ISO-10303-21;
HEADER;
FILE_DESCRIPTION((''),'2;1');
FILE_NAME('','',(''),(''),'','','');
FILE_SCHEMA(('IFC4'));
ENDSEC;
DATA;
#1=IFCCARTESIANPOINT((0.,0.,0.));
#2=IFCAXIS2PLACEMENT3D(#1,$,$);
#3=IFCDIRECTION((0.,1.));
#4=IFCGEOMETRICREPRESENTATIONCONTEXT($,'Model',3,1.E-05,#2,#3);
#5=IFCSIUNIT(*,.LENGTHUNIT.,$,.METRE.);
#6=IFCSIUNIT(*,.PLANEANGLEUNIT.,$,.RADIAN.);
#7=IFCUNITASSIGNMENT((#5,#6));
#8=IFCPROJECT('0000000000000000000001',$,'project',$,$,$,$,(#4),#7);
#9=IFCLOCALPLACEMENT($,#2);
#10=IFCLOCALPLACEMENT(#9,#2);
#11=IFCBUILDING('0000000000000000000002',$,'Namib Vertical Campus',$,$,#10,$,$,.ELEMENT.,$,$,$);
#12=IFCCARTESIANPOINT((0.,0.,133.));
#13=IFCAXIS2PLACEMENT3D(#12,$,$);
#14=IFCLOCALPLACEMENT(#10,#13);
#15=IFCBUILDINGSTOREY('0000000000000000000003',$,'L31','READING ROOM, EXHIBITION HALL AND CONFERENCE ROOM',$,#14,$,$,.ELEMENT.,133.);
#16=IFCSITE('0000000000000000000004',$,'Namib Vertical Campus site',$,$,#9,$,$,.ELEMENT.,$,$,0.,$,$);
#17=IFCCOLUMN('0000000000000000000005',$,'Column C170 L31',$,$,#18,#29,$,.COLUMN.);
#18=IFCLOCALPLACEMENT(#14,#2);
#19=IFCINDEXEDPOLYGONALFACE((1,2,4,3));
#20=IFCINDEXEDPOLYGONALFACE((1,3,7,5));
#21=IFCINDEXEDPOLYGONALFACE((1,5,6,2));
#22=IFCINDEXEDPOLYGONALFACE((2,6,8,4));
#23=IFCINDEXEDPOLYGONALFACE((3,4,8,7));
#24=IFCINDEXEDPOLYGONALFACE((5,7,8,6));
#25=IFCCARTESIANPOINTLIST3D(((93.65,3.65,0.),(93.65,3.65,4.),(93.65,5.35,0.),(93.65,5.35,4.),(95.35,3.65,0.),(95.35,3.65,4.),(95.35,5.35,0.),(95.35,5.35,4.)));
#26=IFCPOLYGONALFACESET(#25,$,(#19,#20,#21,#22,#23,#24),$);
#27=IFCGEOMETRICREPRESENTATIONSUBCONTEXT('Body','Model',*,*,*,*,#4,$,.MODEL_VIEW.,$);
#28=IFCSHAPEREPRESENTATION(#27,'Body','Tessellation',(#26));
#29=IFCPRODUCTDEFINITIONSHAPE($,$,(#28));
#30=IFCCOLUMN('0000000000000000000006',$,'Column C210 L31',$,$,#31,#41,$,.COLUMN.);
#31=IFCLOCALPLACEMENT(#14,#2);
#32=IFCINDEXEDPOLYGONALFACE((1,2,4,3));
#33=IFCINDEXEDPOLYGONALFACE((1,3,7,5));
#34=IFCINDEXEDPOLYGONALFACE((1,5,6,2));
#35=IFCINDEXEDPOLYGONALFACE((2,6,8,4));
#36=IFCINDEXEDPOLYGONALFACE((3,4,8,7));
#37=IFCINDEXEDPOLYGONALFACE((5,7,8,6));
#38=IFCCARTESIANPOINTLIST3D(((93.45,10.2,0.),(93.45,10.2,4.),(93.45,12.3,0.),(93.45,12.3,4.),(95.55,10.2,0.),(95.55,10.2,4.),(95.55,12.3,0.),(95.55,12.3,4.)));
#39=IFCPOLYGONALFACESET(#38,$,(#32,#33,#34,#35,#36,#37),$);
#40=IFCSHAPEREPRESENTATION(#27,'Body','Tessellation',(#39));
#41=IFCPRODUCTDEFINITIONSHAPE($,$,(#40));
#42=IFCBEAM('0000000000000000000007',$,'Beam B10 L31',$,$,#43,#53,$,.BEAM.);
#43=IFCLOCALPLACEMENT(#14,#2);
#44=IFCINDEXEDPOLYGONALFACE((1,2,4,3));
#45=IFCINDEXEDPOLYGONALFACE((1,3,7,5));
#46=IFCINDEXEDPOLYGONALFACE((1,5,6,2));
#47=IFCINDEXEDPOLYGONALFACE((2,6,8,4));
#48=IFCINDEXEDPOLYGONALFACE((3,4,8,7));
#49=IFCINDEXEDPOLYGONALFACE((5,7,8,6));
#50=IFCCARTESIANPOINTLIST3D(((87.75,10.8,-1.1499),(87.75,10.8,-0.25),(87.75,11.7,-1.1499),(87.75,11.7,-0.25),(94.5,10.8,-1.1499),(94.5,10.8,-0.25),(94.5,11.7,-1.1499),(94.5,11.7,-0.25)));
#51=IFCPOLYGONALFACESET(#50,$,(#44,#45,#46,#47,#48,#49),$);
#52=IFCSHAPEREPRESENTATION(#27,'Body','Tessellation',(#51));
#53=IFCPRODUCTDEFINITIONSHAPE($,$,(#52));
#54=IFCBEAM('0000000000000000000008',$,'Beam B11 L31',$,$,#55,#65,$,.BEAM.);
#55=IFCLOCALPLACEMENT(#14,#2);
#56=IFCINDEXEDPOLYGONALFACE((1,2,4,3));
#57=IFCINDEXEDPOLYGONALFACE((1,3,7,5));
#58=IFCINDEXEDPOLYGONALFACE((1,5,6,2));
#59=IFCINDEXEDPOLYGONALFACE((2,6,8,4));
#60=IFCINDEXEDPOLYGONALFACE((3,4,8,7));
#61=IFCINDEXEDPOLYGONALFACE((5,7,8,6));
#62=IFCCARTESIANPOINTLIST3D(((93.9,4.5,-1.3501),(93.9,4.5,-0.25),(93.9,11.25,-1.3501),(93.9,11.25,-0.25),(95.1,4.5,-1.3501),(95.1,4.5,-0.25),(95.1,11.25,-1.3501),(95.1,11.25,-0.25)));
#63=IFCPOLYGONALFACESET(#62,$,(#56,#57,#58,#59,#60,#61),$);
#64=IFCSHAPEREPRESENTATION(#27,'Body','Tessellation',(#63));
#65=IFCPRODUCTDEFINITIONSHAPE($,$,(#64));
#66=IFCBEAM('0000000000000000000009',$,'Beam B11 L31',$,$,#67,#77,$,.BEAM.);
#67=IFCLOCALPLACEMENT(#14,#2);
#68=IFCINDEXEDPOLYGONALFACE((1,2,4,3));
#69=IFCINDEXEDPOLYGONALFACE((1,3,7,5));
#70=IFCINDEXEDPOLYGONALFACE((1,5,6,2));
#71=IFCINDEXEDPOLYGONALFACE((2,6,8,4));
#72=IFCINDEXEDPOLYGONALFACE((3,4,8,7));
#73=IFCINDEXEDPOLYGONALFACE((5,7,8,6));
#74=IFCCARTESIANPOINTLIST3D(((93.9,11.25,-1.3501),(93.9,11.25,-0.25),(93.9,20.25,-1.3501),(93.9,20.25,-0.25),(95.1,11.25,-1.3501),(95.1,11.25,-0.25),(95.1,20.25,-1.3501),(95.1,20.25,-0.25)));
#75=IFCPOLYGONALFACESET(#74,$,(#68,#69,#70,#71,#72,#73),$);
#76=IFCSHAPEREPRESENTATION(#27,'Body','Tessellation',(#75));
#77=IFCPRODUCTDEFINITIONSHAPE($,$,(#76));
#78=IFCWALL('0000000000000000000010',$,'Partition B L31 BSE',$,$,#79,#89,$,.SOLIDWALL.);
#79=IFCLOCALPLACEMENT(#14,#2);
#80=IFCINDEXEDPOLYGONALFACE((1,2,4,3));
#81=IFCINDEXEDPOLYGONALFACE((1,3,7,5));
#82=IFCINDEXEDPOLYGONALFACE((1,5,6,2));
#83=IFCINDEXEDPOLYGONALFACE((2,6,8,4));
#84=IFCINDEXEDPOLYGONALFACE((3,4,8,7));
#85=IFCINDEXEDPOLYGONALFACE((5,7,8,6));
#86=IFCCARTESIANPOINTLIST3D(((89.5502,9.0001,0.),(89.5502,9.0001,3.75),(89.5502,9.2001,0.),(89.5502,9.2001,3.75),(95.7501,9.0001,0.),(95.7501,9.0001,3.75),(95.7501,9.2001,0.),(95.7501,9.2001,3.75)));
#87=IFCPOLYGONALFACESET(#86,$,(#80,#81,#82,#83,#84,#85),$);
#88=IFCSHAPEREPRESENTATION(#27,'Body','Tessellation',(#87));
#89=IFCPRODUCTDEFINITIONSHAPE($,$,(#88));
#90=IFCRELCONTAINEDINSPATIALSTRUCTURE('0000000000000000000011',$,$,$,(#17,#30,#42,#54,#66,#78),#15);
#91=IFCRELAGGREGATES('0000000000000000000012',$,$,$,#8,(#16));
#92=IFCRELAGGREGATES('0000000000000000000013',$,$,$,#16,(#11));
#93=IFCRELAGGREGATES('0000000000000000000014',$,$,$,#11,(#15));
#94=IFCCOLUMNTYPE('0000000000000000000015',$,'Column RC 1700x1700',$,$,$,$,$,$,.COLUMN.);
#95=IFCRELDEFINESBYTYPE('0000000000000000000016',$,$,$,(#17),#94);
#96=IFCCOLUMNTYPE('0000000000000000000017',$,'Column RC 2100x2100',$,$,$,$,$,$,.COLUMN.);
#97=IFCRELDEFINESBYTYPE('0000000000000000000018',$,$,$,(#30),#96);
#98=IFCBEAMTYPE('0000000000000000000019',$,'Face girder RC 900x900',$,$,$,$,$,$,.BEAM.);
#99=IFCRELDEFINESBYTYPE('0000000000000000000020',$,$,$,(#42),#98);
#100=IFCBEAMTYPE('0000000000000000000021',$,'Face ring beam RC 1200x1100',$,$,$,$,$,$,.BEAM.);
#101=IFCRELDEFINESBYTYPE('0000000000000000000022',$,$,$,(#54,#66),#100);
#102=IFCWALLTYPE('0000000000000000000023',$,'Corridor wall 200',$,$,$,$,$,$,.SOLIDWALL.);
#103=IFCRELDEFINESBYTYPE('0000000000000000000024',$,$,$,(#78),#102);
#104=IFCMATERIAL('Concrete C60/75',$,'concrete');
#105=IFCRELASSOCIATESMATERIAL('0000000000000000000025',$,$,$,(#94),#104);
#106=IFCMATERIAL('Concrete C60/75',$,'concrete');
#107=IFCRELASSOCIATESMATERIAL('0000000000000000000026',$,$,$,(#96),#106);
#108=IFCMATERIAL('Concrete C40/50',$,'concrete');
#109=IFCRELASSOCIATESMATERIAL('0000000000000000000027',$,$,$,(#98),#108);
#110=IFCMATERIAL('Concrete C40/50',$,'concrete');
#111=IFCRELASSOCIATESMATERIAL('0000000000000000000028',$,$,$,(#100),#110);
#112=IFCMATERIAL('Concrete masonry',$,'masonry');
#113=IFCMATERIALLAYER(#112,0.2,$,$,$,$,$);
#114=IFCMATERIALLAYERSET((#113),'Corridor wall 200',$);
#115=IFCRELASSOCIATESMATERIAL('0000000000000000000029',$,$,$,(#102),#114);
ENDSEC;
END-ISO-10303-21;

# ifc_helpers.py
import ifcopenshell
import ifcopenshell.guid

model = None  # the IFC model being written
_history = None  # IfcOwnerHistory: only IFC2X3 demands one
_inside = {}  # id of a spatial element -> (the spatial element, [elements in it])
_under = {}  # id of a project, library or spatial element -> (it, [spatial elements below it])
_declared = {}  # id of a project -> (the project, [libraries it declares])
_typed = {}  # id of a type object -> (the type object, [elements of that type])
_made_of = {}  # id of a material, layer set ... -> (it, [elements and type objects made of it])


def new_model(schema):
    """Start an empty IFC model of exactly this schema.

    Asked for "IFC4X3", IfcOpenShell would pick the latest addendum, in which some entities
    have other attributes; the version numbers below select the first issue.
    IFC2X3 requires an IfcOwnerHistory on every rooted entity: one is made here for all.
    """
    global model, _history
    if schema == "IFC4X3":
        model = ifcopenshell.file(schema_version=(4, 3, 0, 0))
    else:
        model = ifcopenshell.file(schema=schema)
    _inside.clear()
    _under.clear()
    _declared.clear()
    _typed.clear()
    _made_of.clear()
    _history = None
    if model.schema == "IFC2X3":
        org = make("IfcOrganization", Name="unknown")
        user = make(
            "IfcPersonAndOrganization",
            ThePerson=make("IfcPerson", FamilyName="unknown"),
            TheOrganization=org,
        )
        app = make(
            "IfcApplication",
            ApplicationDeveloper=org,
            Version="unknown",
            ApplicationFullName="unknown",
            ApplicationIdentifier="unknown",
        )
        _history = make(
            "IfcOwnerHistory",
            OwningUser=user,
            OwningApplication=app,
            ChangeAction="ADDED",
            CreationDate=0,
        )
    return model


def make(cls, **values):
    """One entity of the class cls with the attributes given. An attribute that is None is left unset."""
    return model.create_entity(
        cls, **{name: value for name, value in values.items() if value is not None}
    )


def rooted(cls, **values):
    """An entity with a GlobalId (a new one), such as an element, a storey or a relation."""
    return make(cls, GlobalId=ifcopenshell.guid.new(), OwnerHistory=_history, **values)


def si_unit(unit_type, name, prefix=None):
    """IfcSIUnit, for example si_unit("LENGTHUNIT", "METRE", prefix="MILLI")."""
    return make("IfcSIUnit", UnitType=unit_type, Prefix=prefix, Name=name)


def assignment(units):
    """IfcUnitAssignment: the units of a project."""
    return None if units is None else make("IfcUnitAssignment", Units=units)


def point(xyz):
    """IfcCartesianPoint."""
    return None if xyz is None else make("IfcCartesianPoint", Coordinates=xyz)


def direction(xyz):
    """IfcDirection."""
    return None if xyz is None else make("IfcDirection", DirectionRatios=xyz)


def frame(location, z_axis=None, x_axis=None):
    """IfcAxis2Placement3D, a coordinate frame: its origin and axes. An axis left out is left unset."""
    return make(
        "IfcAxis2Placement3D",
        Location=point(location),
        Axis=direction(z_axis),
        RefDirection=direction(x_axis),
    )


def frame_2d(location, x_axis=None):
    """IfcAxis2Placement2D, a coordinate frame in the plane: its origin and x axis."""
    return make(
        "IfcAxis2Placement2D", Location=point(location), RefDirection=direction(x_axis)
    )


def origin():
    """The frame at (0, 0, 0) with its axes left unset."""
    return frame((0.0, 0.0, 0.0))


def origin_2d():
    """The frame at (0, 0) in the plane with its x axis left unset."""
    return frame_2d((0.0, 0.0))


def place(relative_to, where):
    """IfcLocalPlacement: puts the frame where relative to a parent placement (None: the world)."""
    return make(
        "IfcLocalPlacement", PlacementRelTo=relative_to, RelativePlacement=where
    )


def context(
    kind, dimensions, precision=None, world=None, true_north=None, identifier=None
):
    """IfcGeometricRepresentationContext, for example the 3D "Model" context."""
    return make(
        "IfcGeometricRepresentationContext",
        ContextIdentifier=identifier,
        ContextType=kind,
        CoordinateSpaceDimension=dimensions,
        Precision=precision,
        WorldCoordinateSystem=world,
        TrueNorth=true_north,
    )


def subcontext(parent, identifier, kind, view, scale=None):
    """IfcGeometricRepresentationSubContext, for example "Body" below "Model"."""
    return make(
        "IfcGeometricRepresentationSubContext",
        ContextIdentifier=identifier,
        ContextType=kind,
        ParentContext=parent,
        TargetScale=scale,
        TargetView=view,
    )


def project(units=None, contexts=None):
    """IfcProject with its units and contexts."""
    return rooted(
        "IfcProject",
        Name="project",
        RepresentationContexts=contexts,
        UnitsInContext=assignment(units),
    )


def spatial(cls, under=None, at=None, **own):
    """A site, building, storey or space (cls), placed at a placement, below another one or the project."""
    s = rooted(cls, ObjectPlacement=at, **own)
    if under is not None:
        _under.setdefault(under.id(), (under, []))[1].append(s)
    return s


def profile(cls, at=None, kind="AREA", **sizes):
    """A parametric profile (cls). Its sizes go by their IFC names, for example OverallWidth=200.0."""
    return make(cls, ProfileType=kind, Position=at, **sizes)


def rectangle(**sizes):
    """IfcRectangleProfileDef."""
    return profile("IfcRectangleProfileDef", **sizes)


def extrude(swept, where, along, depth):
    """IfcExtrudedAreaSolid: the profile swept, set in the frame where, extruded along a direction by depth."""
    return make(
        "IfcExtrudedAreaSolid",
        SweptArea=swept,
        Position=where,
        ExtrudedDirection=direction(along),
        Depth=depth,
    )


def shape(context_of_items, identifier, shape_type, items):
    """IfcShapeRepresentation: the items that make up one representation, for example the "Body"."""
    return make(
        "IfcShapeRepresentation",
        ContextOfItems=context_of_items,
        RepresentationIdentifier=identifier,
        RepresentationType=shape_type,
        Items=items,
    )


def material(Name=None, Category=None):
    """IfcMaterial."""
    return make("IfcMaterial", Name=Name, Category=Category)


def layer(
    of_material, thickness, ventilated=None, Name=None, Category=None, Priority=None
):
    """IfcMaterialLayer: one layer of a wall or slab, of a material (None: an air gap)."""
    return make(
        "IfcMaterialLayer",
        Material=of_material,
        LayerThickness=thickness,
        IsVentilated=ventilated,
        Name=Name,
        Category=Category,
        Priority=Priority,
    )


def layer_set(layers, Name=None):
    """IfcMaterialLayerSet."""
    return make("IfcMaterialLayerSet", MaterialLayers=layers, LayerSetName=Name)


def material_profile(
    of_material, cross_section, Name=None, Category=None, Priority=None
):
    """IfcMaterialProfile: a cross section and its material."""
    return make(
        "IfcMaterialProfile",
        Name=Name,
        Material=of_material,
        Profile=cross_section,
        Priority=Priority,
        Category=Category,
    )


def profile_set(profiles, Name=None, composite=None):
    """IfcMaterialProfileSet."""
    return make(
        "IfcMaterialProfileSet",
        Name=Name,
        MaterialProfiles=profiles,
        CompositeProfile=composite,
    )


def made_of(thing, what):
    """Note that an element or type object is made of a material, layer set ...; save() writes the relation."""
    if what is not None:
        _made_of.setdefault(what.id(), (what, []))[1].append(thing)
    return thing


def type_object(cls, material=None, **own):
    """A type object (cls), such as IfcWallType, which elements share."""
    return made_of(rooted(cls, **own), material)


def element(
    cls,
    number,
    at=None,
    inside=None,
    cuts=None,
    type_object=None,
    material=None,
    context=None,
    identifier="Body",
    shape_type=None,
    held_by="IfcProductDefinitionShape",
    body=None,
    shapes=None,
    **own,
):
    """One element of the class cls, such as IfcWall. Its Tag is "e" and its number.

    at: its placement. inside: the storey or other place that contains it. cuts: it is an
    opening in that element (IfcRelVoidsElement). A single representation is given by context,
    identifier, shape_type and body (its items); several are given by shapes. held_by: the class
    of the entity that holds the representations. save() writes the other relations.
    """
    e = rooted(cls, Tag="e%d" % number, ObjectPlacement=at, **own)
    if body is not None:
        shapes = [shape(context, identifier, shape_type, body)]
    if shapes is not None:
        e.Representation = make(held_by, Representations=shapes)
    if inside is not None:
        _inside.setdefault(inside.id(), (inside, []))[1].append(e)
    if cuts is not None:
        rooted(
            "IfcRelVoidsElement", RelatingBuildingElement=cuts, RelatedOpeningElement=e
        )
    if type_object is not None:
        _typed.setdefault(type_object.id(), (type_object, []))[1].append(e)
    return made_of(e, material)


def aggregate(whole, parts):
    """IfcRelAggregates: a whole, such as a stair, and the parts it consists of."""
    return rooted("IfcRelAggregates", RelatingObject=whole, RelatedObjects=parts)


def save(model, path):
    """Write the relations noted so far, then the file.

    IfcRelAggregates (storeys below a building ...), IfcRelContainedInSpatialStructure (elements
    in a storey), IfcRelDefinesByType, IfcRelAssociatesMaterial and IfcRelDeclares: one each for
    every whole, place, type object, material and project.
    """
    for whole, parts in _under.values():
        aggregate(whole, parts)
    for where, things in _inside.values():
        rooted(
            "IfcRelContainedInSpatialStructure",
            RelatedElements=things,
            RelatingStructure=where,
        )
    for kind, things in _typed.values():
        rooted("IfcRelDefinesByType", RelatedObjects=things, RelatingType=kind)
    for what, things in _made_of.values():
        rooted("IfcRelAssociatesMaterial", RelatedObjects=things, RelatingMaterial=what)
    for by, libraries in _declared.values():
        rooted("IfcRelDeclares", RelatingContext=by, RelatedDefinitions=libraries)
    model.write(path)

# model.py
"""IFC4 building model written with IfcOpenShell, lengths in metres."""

from ifc_helpers import new_model, si_unit, direction, frame, frame_2d, origin, origin_2d, place, context, subcontext, project, spatial, rectangle, extrude, material, layer, layer_set, material_profile, profile_set, type_object, element, save


model = new_model("IFC4")

# Units and contexts
model_context = context("Model", 3, precision=1e-05, world=origin(), true_north=direction((0.0, 1.0)))
body_context = subcontext(model_context, "Body", "Model", "MODEL_VIEW")
ifc_project = project(units=[si_unit("LENGTHUNIT", "METRE"), si_unit("PLANEANGLEUNIT", "RADIAN")], contexts=[model_context])

# Site, building, storey
site_placement = place(None, origin())
site = spatial("IfcSite", under=ifc_project, at=site_placement, Name="Namib Vertical Campus site", CompositionType="ELEMENT", RefElevation=0.0)
building_placement = place(site_placement, origin())
building = spatial("IfcBuilding", under=site, at=building_placement, Name="Namib Vertical Campus", CompositionType="ELEMENT")
storey_placement = place(building_placement, frame((0.0, 0.0, 133.0)))
storey = spatial("IfcBuildingStorey", under=building, at=storey_placement, Name="L31", Description="READING ROOM, EXHIBITION HALL AND CONFERENCE ROOM", CompositionType="ELEMENT", Elevation=133.0)

# Columns
ifc_material_1 = material(Name="Concrete C60/75", Category="concrete")
ifc_material_profile_1 = material_profile(ifc_material_1, rectangle(XDim=1.7, YDim=1.7, at=origin_2d()))
ifc_profile_set_1 = profile_set([ifc_material_profile_1], Name="Concrete C60/75")
column_type_1 = type_object("IfcColumnType", Name="Column RC 1700x1700", PredefinedType="COLUMN", material=ifc_profile_set_1)
column_1_placement = place(storey_placement, frame((94.5, 4.5, 0.0), z_axis=(0.0, 0.0, 1.0), x_axis=(1.0, 0.0, 0.0)))
element("IfcColumn", 1, at=column_1_placement, inside=storey, type_object=column_type_1, Name="Column C170 L31", PredefinedType="COLUMN", context=body_context, shape_type="SweptSolid", body=[
    extrude(rectangle(XDim=1.7, YDim=1.7, at=origin_2d()), origin(), (0.0, 0.0, 1.0), 4.0),
])
ifc_material_2 = material(Name="Concrete C60/75", Category="concrete")
ifc_material_profile_2 = material_profile(ifc_material_2, rectangle(XDim=2.1001, YDim=2.1001, at=origin_2d()))
ifc_profile_set_2 = profile_set([ifc_material_profile_2], Name="Concrete C60/75")
column_type_2 = type_object("IfcColumnType", Name="Column RC 2100x2100", PredefinedType="COLUMN", material=ifc_profile_set_2)
column_2_placement = place(storey_placement, frame((94.5, 11.25, 0.0), z_axis=(0.0, 0.0, 1.0), x_axis=(1.0, 0.0, 0.0)))
element("IfcColumn", 2, at=column_2_placement, inside=storey, type_object=column_type_2, Name="Column C210 L31", PredefinedType="COLUMN", context=body_context, shape_type="SweptSolid", body=[
    extrude(rectangle(XDim=2.1001, YDim=2.1001, at=origin_2d()), origin(), (0.0, 0.0, 1.0), 4.0),
])

# Beams
ifc_material_3 = material(Name="Concrete C40/50", Category="concrete")
ifc_material_profile_3 = material_profile(ifc_material_3, rectangle(XDim=0.8999, YDim=0.8999, at=origin_2d()))
ifc_profile_set_3 = profile_set([ifc_material_profile_3], Name="Concrete C40/50")
beam_type_1 = type_object("IfcBeamType", Name="Face girder RC 900x900", PredefinedType="BEAM", material=ifc_profile_set_3)
beam_1_placement = place(storey_placement, frame((94.5, 11.25, -0.7), z_axis=(-1.0, 0.0, 0.0), x_axis=(0.0, -1.0, 0.0)))
element("IfcBeam", 3, at=beam_1_placement, inside=storey, type_object=beam_type_1, Name="Beam B10 L31", PredefinedType="BEAM", context=body_context, shape_type="SweptSolid", body=[
    extrude(rectangle(XDim=0.8999, YDim=0.8999, at=origin_2d()), origin(), (0.0, 0.0, 1.0), 6.75),
])
ifc_material_4 = material(Name="Concrete C40/50", Category="concrete")
ifc_material_profile_4 = material_profile(ifc_material_4, rectangle(XDim=1.2, YDim=1.1001, at=origin_2d()))
ifc_profile_set_4 = profile_set([ifc_material_profile_4], Name="Concrete C40/50")
beam_type_2 = type_object("IfcBeamType", Name="Face ring beam RC 1200x1100", PredefinedType="BEAM", material=ifc_profile_set_4)
beam_2_placement = place(storey_placement, frame((94.5, 4.5, -0.8), z_axis=(0.0, 1.0, 0.0), x_axis=(-1.0, 0.0, 0.0)))
element("IfcBeam", 4, at=beam_2_placement, inside=storey, type_object=beam_type_2, Name="Beam B11 L31", PredefinedType="BEAM", context=body_context, shape_type="SweptSolid", body=[
    extrude(rectangle(XDim=1.2, YDim=1.1001, at=origin_2d()), origin(), (0.0, 0.0, 1.0), 6.75),
])
beam_3_placement = place(storey_placement, frame((94.5, 11.25, -0.8), z_axis=(0.0, 1.0, 0.0), x_axis=(-1.0, 0.0, 0.0)))
element("IfcBeam", 5, at=beam_3_placement, inside=storey, type_object=beam_type_2, Name="Beam B11 L31", PredefinedType="BEAM", context=body_context, shape_type="SweptSolid", body=[
    extrude(rectangle(XDim=1.2, YDim=1.1001, at=origin_2d()), origin(), (0.0, 0.0, 1.0), 9.0),
])

# Wall
ifc_material_5 = material(Name="Concrete masonry", Category="masonry")
ifc_layer_1 = layer(ifc_material_5, 0.2)
ifc_layer_set_1 = layer_set([ifc_layer_1], Name="Corridor wall 200")
wall_type_1 = type_object("IfcWallType", Name="Corridor wall 200", PredefinedType="SOLIDWALL", material=ifc_layer_set_1)
wall_1_placement = place(storey_placement, frame((89.55, 9.1001, 0.0), z_axis=(0.0, 0.0, 1.0), x_axis=(1.0, 0.0, 0.0)))
element("IfcWall", 6, at=wall_1_placement, inside=storey, type_object=wall_type_1, Name="Partition B L31 BSE", PredefinedType="SOLIDWALL", context=body_context, shape_type="SweptSolid", body=[
    extrude(rectangle(XDim=6.2, YDim=0.2, at=frame_2d((3.1001, 0.0))), origin(), (0.0, 0.0, 1.0), 3.75),
])

save(model, "model.ifc")
